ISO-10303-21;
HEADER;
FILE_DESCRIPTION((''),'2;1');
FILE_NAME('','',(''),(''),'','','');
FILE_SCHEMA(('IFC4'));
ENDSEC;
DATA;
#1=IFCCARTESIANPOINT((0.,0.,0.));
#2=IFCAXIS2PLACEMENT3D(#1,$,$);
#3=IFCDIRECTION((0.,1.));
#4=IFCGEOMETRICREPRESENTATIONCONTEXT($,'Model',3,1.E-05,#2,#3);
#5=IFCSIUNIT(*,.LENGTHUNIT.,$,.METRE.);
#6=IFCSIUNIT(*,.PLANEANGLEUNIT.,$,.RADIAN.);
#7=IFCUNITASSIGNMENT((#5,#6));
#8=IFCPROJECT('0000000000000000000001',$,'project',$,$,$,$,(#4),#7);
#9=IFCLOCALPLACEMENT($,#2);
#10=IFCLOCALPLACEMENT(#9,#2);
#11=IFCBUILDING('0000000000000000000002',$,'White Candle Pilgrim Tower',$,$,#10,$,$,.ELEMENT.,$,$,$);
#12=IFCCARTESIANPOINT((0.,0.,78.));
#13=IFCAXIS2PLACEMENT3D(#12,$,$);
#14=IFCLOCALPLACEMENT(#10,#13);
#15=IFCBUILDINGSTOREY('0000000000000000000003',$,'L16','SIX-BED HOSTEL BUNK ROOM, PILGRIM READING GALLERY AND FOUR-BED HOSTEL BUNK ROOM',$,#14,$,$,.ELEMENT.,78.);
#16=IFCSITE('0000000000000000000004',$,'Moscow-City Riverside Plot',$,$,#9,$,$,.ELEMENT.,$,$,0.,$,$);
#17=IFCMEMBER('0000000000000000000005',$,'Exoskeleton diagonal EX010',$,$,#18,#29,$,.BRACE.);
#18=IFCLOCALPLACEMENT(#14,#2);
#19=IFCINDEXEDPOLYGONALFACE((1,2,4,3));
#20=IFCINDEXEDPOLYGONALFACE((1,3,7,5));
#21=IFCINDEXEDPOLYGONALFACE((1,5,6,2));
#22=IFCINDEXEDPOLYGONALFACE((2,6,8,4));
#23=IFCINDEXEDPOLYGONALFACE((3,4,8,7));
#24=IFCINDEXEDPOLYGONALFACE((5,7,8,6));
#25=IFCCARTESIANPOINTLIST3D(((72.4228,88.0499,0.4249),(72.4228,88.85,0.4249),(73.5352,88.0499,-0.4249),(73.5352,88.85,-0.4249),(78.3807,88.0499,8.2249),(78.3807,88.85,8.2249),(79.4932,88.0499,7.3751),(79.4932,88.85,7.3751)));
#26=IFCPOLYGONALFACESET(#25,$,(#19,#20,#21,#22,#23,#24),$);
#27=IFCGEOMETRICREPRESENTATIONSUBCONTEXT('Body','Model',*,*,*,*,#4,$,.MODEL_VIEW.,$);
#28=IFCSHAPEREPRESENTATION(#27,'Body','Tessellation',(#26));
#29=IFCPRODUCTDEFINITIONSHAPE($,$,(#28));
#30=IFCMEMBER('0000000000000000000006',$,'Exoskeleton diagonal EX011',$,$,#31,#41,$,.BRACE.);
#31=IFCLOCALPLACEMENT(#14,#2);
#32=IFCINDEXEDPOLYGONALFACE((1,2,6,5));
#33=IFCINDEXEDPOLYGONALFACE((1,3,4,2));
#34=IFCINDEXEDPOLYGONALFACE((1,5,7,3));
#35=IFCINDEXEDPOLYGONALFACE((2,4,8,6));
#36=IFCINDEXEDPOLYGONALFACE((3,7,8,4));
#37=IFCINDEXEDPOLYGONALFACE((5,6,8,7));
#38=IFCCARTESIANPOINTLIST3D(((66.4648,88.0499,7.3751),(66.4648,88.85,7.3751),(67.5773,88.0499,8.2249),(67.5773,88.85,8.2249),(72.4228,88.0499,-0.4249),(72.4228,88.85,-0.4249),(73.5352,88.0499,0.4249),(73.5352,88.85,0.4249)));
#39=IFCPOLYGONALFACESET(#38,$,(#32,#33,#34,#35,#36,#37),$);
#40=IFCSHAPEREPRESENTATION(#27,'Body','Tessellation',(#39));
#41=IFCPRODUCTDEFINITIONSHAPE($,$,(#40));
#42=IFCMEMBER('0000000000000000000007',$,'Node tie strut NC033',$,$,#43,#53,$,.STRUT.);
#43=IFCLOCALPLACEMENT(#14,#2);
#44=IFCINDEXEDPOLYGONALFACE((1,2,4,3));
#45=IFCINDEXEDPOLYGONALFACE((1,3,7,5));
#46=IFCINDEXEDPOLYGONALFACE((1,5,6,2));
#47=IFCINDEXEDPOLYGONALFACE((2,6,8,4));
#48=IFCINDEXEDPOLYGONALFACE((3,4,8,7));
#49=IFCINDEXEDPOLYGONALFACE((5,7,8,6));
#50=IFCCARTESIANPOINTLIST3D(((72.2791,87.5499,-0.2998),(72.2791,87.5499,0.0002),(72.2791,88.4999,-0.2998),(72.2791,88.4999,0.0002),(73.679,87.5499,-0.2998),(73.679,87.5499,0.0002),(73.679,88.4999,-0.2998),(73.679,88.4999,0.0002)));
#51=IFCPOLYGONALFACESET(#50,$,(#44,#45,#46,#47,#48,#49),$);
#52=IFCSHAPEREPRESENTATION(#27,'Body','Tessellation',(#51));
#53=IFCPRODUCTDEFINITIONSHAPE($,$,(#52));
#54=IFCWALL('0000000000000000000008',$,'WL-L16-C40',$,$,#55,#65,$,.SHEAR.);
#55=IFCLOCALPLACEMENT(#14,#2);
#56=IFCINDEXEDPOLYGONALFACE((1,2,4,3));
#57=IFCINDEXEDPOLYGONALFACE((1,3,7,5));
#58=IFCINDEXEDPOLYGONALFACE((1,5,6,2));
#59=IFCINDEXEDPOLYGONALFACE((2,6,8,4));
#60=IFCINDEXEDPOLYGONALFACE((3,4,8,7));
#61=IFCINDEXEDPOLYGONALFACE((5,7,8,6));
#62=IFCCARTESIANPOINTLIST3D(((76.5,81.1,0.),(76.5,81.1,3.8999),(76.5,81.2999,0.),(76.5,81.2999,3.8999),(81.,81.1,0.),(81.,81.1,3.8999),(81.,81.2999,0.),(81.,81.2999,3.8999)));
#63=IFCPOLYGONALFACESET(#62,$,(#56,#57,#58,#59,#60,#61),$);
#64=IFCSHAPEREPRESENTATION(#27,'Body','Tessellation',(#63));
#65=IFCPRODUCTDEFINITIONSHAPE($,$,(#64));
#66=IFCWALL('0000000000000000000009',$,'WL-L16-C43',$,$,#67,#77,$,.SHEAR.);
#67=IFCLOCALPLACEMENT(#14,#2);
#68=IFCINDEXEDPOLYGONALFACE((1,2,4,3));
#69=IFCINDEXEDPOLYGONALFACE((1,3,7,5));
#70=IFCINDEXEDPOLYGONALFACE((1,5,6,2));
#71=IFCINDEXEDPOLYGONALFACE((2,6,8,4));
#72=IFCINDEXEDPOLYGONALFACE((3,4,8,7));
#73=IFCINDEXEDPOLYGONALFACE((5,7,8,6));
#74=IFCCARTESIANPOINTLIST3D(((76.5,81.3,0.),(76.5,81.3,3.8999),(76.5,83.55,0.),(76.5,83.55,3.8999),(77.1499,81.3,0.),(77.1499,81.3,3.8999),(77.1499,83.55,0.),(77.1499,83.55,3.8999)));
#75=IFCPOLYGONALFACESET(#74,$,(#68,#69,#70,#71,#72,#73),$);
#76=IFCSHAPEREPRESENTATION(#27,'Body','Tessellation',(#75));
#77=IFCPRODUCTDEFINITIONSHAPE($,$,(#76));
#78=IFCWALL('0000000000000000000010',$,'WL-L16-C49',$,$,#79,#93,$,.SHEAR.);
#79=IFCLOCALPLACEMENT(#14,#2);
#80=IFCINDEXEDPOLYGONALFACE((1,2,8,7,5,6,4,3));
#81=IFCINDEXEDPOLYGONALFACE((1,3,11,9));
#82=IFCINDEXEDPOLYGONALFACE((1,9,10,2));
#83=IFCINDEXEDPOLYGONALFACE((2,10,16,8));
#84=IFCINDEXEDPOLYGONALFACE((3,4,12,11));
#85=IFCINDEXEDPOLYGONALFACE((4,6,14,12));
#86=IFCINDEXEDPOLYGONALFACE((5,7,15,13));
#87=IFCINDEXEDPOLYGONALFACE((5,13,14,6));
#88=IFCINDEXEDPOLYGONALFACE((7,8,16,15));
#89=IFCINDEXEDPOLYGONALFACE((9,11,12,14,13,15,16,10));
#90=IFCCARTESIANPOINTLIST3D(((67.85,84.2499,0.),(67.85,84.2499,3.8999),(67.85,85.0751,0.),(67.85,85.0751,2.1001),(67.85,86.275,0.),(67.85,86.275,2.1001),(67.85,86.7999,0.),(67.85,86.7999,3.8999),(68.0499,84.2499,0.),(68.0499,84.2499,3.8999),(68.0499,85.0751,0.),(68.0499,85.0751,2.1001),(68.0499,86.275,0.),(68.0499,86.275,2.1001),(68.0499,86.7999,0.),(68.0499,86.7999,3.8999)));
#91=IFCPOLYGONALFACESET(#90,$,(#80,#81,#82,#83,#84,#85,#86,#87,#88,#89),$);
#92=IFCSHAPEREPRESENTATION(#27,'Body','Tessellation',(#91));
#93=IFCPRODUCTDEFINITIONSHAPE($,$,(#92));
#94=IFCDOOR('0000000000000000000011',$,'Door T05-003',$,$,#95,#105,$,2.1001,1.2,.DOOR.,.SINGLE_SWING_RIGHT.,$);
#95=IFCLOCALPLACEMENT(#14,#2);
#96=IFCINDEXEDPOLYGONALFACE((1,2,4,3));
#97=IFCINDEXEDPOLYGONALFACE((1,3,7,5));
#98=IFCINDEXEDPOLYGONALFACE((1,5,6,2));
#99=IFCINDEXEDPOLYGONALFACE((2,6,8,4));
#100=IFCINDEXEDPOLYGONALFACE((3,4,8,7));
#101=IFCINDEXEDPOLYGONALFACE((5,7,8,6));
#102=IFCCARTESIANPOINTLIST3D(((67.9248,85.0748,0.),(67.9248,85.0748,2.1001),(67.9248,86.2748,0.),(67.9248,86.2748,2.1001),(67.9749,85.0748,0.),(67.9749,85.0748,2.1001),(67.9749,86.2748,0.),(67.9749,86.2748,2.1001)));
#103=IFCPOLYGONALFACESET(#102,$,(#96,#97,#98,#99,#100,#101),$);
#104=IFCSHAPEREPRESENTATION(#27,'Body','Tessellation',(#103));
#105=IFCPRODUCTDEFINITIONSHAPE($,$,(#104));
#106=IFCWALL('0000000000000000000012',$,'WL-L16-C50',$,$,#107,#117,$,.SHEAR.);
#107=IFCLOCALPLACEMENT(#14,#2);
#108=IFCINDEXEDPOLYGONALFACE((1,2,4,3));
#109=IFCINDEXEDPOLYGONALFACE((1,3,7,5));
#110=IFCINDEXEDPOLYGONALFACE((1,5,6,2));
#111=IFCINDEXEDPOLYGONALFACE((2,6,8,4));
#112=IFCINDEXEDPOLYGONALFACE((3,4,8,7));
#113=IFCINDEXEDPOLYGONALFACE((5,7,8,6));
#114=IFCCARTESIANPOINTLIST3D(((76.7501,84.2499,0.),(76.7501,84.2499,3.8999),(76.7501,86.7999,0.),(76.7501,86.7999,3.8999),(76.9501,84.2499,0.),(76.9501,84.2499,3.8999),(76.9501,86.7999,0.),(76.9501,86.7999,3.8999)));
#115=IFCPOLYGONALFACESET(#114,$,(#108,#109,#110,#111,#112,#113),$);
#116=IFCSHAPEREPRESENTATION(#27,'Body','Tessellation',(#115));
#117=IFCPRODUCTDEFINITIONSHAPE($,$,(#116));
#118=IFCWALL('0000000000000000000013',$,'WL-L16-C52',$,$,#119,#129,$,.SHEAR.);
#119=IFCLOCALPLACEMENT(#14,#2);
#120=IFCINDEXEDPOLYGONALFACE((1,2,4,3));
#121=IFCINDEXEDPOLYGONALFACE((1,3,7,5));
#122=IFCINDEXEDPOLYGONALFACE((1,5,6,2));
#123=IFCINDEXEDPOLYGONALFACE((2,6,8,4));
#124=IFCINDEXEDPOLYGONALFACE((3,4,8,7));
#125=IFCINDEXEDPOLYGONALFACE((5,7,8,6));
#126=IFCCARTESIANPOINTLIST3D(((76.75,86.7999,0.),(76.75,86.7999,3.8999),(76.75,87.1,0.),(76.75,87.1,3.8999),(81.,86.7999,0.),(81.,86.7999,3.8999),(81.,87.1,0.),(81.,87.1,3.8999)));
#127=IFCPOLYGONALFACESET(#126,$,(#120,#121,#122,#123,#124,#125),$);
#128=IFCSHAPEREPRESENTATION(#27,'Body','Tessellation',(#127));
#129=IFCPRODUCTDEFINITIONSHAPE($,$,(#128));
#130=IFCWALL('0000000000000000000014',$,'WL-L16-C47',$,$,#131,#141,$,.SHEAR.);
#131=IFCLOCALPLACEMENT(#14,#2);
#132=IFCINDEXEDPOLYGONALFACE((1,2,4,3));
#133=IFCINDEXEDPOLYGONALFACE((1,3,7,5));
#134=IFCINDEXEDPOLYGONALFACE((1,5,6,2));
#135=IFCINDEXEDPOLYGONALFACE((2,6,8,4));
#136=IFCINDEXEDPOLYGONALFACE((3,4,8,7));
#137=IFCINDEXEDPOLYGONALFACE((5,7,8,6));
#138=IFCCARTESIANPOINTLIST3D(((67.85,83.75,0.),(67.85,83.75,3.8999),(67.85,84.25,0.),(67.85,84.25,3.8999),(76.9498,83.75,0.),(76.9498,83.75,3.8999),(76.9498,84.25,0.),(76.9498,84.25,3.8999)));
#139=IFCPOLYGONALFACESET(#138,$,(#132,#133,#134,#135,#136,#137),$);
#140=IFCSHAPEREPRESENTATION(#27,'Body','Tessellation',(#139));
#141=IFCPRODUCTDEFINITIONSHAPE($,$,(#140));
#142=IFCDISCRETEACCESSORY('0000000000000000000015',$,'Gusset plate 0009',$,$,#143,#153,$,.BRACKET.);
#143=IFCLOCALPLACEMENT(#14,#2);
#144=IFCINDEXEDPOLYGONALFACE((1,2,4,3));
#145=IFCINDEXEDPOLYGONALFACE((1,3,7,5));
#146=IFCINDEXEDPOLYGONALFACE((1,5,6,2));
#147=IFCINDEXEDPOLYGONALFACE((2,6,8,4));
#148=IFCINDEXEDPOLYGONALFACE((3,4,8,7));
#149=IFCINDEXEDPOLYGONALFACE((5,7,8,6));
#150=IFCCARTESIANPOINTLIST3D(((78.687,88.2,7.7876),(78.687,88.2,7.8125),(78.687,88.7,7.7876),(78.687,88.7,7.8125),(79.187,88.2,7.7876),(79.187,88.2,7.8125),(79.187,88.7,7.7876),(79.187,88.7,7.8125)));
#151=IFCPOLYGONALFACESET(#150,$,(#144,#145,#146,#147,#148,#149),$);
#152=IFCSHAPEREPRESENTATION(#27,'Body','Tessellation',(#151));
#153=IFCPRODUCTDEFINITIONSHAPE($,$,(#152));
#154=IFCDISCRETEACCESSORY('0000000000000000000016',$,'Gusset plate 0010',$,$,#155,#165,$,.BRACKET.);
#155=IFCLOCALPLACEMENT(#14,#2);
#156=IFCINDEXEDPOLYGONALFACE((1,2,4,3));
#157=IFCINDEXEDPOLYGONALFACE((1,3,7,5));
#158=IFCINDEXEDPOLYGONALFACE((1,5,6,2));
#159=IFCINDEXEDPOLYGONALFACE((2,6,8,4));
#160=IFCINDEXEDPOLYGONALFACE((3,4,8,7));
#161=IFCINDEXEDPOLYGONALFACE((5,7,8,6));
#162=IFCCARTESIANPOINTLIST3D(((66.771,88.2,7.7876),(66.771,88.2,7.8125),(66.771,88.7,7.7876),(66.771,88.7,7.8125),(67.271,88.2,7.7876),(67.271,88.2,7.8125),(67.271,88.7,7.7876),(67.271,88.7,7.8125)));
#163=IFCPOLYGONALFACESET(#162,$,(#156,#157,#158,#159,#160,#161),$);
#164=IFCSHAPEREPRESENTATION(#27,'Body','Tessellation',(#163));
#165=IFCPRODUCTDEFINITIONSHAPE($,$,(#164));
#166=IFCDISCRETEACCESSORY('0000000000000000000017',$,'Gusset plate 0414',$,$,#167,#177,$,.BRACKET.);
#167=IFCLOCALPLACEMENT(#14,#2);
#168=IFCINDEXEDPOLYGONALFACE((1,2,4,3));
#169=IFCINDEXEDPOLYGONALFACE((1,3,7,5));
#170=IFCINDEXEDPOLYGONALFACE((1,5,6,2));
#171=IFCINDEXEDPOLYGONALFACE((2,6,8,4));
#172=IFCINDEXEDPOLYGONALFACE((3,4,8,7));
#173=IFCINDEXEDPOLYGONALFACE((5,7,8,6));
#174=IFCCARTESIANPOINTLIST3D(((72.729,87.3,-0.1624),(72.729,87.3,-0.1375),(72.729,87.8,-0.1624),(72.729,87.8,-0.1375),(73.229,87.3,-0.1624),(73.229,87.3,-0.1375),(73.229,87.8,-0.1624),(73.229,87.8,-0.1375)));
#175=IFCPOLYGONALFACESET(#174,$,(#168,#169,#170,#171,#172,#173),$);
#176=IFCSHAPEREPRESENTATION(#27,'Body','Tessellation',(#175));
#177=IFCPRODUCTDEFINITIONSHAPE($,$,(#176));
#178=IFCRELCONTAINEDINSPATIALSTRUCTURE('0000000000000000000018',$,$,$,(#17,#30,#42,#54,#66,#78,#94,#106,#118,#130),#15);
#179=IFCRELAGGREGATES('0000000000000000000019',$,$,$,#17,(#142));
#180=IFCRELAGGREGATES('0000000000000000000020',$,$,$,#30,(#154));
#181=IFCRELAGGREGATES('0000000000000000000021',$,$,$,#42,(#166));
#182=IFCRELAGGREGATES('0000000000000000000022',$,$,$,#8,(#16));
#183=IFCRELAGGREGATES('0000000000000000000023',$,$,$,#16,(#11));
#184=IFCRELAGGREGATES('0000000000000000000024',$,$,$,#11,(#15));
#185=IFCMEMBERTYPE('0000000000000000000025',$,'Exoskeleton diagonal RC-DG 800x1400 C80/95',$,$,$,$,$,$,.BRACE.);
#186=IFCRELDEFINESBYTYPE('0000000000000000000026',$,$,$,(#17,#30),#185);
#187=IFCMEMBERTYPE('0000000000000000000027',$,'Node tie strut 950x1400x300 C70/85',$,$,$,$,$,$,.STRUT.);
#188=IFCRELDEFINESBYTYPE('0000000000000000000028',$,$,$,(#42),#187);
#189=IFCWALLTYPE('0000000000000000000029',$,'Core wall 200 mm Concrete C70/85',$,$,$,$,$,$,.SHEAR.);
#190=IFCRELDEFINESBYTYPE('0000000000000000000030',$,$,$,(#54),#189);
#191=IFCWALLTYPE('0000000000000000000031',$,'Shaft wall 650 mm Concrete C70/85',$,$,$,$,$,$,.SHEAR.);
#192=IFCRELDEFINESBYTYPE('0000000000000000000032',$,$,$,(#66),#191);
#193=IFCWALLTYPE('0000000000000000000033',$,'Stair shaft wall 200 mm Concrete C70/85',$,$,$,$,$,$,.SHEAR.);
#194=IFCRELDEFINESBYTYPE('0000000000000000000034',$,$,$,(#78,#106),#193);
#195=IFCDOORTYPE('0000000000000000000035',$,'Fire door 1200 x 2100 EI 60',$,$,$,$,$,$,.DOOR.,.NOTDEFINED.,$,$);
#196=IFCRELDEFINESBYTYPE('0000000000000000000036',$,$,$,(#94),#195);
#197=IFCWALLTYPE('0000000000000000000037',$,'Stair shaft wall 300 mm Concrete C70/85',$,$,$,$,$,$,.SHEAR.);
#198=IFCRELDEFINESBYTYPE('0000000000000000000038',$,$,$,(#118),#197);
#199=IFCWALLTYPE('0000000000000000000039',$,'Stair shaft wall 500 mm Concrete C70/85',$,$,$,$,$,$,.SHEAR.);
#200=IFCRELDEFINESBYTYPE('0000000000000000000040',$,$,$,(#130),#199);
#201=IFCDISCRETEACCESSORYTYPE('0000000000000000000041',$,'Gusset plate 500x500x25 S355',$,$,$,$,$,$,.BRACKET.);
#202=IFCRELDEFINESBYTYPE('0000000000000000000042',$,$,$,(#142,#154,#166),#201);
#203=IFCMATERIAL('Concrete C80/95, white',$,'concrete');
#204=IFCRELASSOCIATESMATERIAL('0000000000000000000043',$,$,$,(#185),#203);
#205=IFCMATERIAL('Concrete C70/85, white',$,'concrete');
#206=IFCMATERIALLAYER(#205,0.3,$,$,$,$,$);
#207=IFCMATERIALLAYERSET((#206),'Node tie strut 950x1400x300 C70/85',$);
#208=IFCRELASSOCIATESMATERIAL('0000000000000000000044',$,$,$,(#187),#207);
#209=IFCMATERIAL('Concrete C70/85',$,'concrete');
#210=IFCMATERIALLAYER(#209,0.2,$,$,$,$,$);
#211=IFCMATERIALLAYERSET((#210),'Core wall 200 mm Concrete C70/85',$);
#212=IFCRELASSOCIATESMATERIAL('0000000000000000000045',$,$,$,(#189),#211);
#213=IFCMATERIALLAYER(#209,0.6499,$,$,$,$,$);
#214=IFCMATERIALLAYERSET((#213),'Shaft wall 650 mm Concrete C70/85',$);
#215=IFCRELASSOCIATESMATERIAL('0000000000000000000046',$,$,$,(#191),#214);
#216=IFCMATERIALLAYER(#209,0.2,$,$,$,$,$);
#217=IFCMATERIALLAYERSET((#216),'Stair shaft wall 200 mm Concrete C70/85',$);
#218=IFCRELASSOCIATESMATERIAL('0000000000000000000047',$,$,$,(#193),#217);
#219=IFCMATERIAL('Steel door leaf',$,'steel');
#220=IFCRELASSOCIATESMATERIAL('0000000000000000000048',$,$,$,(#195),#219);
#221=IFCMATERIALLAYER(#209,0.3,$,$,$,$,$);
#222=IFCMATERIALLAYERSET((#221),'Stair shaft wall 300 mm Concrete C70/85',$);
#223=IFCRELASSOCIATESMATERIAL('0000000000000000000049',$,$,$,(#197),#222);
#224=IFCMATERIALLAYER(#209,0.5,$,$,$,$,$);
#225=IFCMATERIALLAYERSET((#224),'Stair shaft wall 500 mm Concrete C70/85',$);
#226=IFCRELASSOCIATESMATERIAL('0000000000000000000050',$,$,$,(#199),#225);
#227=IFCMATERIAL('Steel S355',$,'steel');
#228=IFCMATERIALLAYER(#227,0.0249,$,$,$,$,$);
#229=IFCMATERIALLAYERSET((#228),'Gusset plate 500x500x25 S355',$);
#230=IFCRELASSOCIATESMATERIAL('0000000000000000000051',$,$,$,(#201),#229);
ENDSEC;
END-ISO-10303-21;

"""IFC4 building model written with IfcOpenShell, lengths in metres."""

from ifc_helpers import new_model, si_unit, direction, frame, frame_2d, origin, origin_2d, place, context, subcontext, project, spatial, rectangle, extrude, material, layer, layer_set, material_profile, profile_set, type_object, element, fill, aggregate, save


model = new_model("IFC4")

# Units and contexts
model_context = context("Model", 3, precision=1e-05, world=origin(), true_north=direction((0.0, 1.0)))
body_context = subcontext(model_context, "Body", "Model", "MODEL_VIEW")
ifc_project = project(units=[si_unit("LENGTHUNIT", "METRE"), si_unit("PLANEANGLEUNIT", "RADIAN")], contexts=[model_context])

# Site, building, storey
site_placement = place(None, origin())
site = spatial("IfcSite", under=ifc_project, at=site_placement, Name="Moscow-City Riverside Plot", CompositionType="ELEMENT", RefElevation=0.0)
building_placement = place(site_placement, origin())
building = spatial("IfcBuilding", under=site, at=building_placement, Name="White Candle Pilgrim Tower", CompositionType="ELEMENT")
storey_placement = place(building_placement, frame((0.0, 0.0, 78.0)))
storey = spatial("IfcBuildingStorey", under=building, at=storey_placement, Name="L16", Description="SIX-BED HOSTEL BUNK ROOM, PILGRIM READING GALLERY AND FOUR-BED HOSTEL BUNK ROOM", CompositionType="ELEMENT", Elevation=78.0)

# Members
ifc_material_1 = material(Name="Concrete C80/95, white", Category="concrete")
ifc_material_profile = material_profile(ifc_material_1, rectangle(XDim=0.8, YDim=1.3999, at=origin_2d()), Name="RC-DG 800x1400")
ifc_profile_set = profile_set([ifc_material_profile], Name="Concrete C80/95, white")
member_type_1 = type_object("IfcMemberType", Name="Exoskeleton diagonal RC-DG 800x1400 C80/95", PredefinedType="BRACE", material=ifc_profile_set)
member_1_placement = place(storey_placement, frame((72.979, 88.45, 0.0), z_axis=(0.607017, 0.0, 0.794689), x_axis=(0.0, 1.0, 0.0)))
member_1 = element("IfcMember", 1, at=member_1_placement, inside=storey, type_object=member_type_1, Name="Exoskeleton diagonal EX010", PredefinedType="BRACE", context=body_context, shape_type="SweptSolid", body=[
    extrude(rectangle(XDim=0.8, YDim=1.3999, at=origin_2d()), origin(), (0.0, 0.0, 1.0), 9.8152),
])
member_2_placement = place(storey_placement, frame((72.979, 88.45, 0.0), z_axis=(-0.607017, 0.0, 0.794689), x_axis=(0.0, -1.0, 0.0)))
member_2 = element("IfcMember", 2, at=member_2_placement, inside=storey, type_object=member_type_1, Name="Exoskeleton diagonal EX011", PredefinedType="BRACE", context=body_context, shape_type="SweptSolid", body=[
    extrude(rectangle(XDim=0.8, YDim=1.3999, at=origin_2d()), origin(), (0.0, 0.0, 1.0), 9.8152),
])
ifc_material_2 = material(Name="Concrete C70/85, white", Category="concrete")
ifc_layer_1 = layer(ifc_material_2, 0.3)
ifc_layer_set_1 = layer_set([ifc_layer_1], Name="Node tie strut 950x1400x300 C70/85")
member_type_2 = type_object("IfcMemberType", Name="Node tie strut 950x1400x300 C70/85", PredefinedType="STRUT", material=ifc_layer_set_1)
member_3_placement = place(storey_placement, frame((72.979, 88.0249, -0.2998), z_axis=(0.0, 0.0, 1.0), x_axis=(-1.0, 0.0, 0.0)))
member_3 = element("IfcMember", 3, at=member_3_placement, inside=storey, type_object=member_type_2, Name="Node tie strut NC033", PredefinedType="STRUT", context=body_context, shape_type="SweptSolid", body=[
    extrude(rectangle(XDim=1.3999, YDim=0.95, at=origin_2d()), origin(), (0.0, 0.0, 1.0), 0.3),
])

# Walls
ifc_material_3 = material(Name="Concrete C70/85", Category="concrete")
ifc_layer_2 = layer(ifc_material_3, 0.2)
ifc_layer_set_2 = layer_set([ifc_layer_2], Name="Core wall 200 mm Concrete C70/85")
wall_type_1 = type_object("IfcWallType", Name="Core wall 200 mm Concrete C70/85", PredefinedType="SHEAR", material=ifc_layer_set_2)
wall_1_placement = place(storey_placement, frame((76.5, 81.2, 0.0), z_axis=(0.0, 0.0, 1.0), x_axis=(1.0, 0.0, 0.0)))
element("IfcWall", 4, at=wall_1_placement, inside=storey, type_object=wall_type_1, Name="WL-L16-C40", PredefinedType="SHEAR", context=body_context, shape_type="SweptSolid", body=[
    extrude(rectangle(XDim=4.5, YDim=0.2, at=frame_2d((2.25, 0.0))), origin(), (0.0, 0.0, 1.0), 3.8999),
])
ifc_layer_3 = layer(ifc_material_3, 0.6499)
ifc_layer_set_3 = layer_set([ifc_layer_3], Name="Shaft wall 650 mm Concrete C70/85")
wall_type_2 = type_object("IfcWallType", Name="Shaft wall 650 mm Concrete C70/85", PredefinedType="SHEAR", material=ifc_layer_set_3)
wall_2_placement = place(storey_placement, frame((76.825, 81.3, 0.0), z_axis=(0.0, 0.0, 1.0), x_axis=(0.0, 1.0, 0.0)))
element("IfcWall", 5, at=wall_2_placement, inside=storey, type_object=wall_type_2, Name="WL-L16-C43", PredefinedType="SHEAR", context=body_context, shape_type="SweptSolid", body=[
    extrude(rectangle(XDim=2.25, YDim=0.6499, at=frame_2d((1.125, 0.0))), origin(), (0.0, 0.0, 1.0), 3.8999),
])

# Wall, opening, door
ifc_layer_4 = layer(ifc_material_3, 0.2)
ifc_layer_set_4 = layer_set([ifc_layer_4], Name="Stair shaft wall 200 mm Concrete C70/85")
wall_type_3 = type_object("IfcWallType", Name="Stair shaft wall 200 mm Concrete C70/85", PredefinedType="SHEAR", material=ifc_layer_set_4)
wall_3_placement = place(storey_placement, frame((67.95, 84.25, 0.0), z_axis=(0.0, 0.0, 1.0), x_axis=(0.0, 1.0, 0.0)))
wall_3 = element("IfcWall", 6, at=wall_3_placement, inside=storey, type_object=wall_type_3, Name="WL-L16-C49", PredefinedType="SHEAR", context=body_context, shape_type="SweptSolid", body=[
    extrude(rectangle(XDim=2.55, YDim=0.2, at=frame_2d((1.2749, 0.0))), origin(), (0.0, 0.0, 1.0), 3.8999),
])
opening_placement = place(wall_3_placement, frame((0.825, 0.0, 0.0)))
opening = element("IfcOpeningElement", 7, at=opening_placement, cuts=wall_3, PredefinedType="OPENING", context=body_context, shape_type="SweptSolid", body=[
    extrude(rectangle(XDim=1.2, YDim=2.1001, at=frame_2d((0.6001, 1.05))), frame((0.0, 0.1099, 0.0), z_axis=(0.0, -1.0, 0.0), x_axis=(1.0, 0.0, 0.0)), (0.0, 0.0, 1.0), 0.22),
])
ifc_material_4 = material(Name="Steel door leaf", Category="steel")
door_type = type_object("IfcDoorType", Name="Fire door 1200 x 2100 EI 60", OperationType="NOTDEFINED", PredefinedType="DOOR", material=ifc_material_4)
door_placement = place(opening_placement, frame((1.2, 0.0, 0.0), z_axis=(0.0, 0.0, 1.0), x_axis=(-1.0, 0.0, 0.0)))
door = element("IfcDoor", 8, at=door_placement, inside=storey, type_object=door_type, Name="Door T05-003", OperationType="SINGLE_SWING_RIGHT", OverallHeight=2.1001, OverallWidth=1.2, PredefinedType="DOOR", context=body_context, shape_type="SweptSolid", body=[
    extrude(rectangle(XDim=1.2, YDim=2.1001, at=frame_2d((0.6001, 1.05))), frame((0.0, 0.0249, 0.0), z_axis=(0.0, -1.0, 0.0), x_axis=(1.0, 0.0, 0.0)), (0.0, 0.0, 1.0), 0.05),
])
fill(opening, door)

# Walls
wall_4_placement = place(storey_placement, frame((76.8501, 84.25, 0.0), z_axis=(0.0, 0.0, 1.0), x_axis=(0.0, 1.0, 0.0)))
element("IfcWall", 9, at=wall_4_placement, inside=storey, type_object=wall_type_3, Name="WL-L16-C50", PredefinedType="SHEAR", context=body_context, shape_type="SweptSolid", body=[
    extrude(rectangle(XDim=2.55, YDim=0.2, at=frame_2d((1.2749, 0.0))), origin(), (0.0, 0.0, 1.0), 3.8999),
])
ifc_layer_5 = layer(ifc_material_3, 0.3)
ifc_layer_set_5 = layer_set([ifc_layer_5], Name="Stair shaft wall 300 mm Concrete C70/85")
wall_type_4 = type_object("IfcWallType", Name="Stair shaft wall 300 mm Concrete C70/85", PredefinedType="SHEAR", material=ifc_layer_set_5)
wall_5_placement = place(storey_placement, frame((76.75, 86.95, 0.0), z_axis=(0.0, 0.0, 1.0), x_axis=(1.0, 0.0, 0.0)))
element("IfcWall", 10, at=wall_5_placement, inside=storey, type_object=wall_type_4, Name="WL-L16-C52", PredefinedType="SHEAR", context=body_context, shape_type="SweptSolid", body=[
    extrude(rectangle(XDim=4.25, YDim=0.3, at=frame_2d((2.125, 0.0))), origin(), (0.0, 0.0, 1.0), 3.8999),
])
ifc_layer_6 = layer(ifc_material_3, 0.5)
ifc_layer_set_6 = layer_set([ifc_layer_6], Name="Stair shaft wall 500 mm Concrete C70/85")
wall_type_5 = type_object("IfcWallType", Name="Stair shaft wall 500 mm Concrete C70/85", PredefinedType="SHEAR", material=ifc_layer_set_6)
wall_6_placement = place(storey_placement, frame((67.8501, 84.0, 0.0), z_axis=(0.0, 0.0, 1.0), x_axis=(1.0, 0.0, 0.0)))
element("IfcWall", 11, at=wall_6_placement, inside=storey, type_object=wall_type_5, Name="WL-L16-C47", PredefinedType="SHEAR", context=body_context, shape_type="SweptSolid", body=[
    extrude(rectangle(XDim=9.0999, YDim=0.5, at=frame_2d((4.5498, 0.0))), origin(), (0.0, 0.0, 1.0), 3.8999),
])

# Discrete accessories
ifc_material_5 = material(Name="Steel S355", Category="steel")
ifc_layer_7 = layer(ifc_material_5, 0.0249)
ifc_layer_set_7 = layer_set([ifc_layer_7], Name="Gusset plate 500x500x25 S355")
discrete_accessory_type = type_object("IfcDiscreteAccessoryType", Name="Gusset plate 500x500x25 S355", PredefinedType="BRACKET", material=ifc_layer_set_7)
placement = place(building_placement, frame((0.0, 0.0, 85.8)))
discrete_accessory_1_placement = place(placement, frame((78.937, 88.45, -0.0125), z_axis=(0.0, 0.0, 1.0), x_axis=(1.0, 0.0, 0.0)))
discrete_accessory_1 = element("IfcDiscreteAccessory", 12, at=discrete_accessory_1_placement, type_object=discrete_accessory_type, Name="Gusset plate 0009", PredefinedType="BRACKET", context=body_context, shape_type="SweptSolid", body=[
    extrude(rectangle(XDim=0.5, YDim=0.5, at=origin_2d()), origin(), (0.0, 0.0, 1.0), 0.0249),
])
aggregate(member_1, [discrete_accessory_1])
discrete_accessory_2_placement = place(placement, frame((67.021, 88.45, -0.0125), z_axis=(0.0, 0.0, 1.0), x_axis=(1.0, 0.0, 0.0)))
discrete_accessory_2 = element("IfcDiscreteAccessory", 13, at=discrete_accessory_2_placement, type_object=discrete_accessory_type, Name="Gusset plate 0010", PredefinedType="BRACKET", context=body_context, shape_type="SweptSolid", body=[
    extrude(rectangle(XDim=0.5, YDim=0.5, at=origin_2d()), origin(), (0.0, 0.0, 1.0), 0.0249),
])
aggregate(member_2, [discrete_accessory_2])
discrete_accessory_3_placement = place(storey_placement, frame((72.979, 87.55, -0.1624), z_axis=(0.0, 0.0, 1.0), x_axis=(1.0, 0.0, 0.0)))
discrete_accessory_3 = element("IfcDiscreteAccessory", 14, at=discrete_accessory_3_placement, type_object=discrete_accessory_type, Name="Gusset plate 0414", PredefinedType="BRACKET", context=body_context, shape_type="SweptSolid", body=[
    extrude(rectangle(XDim=0.5, YDim=0.5, at=origin_2d()), origin(), (0.0, 0.0, 1.0), 0.0249),
])
aggregate(member_3, [discrete_accessory_3])

save(model, "model.ifc")
